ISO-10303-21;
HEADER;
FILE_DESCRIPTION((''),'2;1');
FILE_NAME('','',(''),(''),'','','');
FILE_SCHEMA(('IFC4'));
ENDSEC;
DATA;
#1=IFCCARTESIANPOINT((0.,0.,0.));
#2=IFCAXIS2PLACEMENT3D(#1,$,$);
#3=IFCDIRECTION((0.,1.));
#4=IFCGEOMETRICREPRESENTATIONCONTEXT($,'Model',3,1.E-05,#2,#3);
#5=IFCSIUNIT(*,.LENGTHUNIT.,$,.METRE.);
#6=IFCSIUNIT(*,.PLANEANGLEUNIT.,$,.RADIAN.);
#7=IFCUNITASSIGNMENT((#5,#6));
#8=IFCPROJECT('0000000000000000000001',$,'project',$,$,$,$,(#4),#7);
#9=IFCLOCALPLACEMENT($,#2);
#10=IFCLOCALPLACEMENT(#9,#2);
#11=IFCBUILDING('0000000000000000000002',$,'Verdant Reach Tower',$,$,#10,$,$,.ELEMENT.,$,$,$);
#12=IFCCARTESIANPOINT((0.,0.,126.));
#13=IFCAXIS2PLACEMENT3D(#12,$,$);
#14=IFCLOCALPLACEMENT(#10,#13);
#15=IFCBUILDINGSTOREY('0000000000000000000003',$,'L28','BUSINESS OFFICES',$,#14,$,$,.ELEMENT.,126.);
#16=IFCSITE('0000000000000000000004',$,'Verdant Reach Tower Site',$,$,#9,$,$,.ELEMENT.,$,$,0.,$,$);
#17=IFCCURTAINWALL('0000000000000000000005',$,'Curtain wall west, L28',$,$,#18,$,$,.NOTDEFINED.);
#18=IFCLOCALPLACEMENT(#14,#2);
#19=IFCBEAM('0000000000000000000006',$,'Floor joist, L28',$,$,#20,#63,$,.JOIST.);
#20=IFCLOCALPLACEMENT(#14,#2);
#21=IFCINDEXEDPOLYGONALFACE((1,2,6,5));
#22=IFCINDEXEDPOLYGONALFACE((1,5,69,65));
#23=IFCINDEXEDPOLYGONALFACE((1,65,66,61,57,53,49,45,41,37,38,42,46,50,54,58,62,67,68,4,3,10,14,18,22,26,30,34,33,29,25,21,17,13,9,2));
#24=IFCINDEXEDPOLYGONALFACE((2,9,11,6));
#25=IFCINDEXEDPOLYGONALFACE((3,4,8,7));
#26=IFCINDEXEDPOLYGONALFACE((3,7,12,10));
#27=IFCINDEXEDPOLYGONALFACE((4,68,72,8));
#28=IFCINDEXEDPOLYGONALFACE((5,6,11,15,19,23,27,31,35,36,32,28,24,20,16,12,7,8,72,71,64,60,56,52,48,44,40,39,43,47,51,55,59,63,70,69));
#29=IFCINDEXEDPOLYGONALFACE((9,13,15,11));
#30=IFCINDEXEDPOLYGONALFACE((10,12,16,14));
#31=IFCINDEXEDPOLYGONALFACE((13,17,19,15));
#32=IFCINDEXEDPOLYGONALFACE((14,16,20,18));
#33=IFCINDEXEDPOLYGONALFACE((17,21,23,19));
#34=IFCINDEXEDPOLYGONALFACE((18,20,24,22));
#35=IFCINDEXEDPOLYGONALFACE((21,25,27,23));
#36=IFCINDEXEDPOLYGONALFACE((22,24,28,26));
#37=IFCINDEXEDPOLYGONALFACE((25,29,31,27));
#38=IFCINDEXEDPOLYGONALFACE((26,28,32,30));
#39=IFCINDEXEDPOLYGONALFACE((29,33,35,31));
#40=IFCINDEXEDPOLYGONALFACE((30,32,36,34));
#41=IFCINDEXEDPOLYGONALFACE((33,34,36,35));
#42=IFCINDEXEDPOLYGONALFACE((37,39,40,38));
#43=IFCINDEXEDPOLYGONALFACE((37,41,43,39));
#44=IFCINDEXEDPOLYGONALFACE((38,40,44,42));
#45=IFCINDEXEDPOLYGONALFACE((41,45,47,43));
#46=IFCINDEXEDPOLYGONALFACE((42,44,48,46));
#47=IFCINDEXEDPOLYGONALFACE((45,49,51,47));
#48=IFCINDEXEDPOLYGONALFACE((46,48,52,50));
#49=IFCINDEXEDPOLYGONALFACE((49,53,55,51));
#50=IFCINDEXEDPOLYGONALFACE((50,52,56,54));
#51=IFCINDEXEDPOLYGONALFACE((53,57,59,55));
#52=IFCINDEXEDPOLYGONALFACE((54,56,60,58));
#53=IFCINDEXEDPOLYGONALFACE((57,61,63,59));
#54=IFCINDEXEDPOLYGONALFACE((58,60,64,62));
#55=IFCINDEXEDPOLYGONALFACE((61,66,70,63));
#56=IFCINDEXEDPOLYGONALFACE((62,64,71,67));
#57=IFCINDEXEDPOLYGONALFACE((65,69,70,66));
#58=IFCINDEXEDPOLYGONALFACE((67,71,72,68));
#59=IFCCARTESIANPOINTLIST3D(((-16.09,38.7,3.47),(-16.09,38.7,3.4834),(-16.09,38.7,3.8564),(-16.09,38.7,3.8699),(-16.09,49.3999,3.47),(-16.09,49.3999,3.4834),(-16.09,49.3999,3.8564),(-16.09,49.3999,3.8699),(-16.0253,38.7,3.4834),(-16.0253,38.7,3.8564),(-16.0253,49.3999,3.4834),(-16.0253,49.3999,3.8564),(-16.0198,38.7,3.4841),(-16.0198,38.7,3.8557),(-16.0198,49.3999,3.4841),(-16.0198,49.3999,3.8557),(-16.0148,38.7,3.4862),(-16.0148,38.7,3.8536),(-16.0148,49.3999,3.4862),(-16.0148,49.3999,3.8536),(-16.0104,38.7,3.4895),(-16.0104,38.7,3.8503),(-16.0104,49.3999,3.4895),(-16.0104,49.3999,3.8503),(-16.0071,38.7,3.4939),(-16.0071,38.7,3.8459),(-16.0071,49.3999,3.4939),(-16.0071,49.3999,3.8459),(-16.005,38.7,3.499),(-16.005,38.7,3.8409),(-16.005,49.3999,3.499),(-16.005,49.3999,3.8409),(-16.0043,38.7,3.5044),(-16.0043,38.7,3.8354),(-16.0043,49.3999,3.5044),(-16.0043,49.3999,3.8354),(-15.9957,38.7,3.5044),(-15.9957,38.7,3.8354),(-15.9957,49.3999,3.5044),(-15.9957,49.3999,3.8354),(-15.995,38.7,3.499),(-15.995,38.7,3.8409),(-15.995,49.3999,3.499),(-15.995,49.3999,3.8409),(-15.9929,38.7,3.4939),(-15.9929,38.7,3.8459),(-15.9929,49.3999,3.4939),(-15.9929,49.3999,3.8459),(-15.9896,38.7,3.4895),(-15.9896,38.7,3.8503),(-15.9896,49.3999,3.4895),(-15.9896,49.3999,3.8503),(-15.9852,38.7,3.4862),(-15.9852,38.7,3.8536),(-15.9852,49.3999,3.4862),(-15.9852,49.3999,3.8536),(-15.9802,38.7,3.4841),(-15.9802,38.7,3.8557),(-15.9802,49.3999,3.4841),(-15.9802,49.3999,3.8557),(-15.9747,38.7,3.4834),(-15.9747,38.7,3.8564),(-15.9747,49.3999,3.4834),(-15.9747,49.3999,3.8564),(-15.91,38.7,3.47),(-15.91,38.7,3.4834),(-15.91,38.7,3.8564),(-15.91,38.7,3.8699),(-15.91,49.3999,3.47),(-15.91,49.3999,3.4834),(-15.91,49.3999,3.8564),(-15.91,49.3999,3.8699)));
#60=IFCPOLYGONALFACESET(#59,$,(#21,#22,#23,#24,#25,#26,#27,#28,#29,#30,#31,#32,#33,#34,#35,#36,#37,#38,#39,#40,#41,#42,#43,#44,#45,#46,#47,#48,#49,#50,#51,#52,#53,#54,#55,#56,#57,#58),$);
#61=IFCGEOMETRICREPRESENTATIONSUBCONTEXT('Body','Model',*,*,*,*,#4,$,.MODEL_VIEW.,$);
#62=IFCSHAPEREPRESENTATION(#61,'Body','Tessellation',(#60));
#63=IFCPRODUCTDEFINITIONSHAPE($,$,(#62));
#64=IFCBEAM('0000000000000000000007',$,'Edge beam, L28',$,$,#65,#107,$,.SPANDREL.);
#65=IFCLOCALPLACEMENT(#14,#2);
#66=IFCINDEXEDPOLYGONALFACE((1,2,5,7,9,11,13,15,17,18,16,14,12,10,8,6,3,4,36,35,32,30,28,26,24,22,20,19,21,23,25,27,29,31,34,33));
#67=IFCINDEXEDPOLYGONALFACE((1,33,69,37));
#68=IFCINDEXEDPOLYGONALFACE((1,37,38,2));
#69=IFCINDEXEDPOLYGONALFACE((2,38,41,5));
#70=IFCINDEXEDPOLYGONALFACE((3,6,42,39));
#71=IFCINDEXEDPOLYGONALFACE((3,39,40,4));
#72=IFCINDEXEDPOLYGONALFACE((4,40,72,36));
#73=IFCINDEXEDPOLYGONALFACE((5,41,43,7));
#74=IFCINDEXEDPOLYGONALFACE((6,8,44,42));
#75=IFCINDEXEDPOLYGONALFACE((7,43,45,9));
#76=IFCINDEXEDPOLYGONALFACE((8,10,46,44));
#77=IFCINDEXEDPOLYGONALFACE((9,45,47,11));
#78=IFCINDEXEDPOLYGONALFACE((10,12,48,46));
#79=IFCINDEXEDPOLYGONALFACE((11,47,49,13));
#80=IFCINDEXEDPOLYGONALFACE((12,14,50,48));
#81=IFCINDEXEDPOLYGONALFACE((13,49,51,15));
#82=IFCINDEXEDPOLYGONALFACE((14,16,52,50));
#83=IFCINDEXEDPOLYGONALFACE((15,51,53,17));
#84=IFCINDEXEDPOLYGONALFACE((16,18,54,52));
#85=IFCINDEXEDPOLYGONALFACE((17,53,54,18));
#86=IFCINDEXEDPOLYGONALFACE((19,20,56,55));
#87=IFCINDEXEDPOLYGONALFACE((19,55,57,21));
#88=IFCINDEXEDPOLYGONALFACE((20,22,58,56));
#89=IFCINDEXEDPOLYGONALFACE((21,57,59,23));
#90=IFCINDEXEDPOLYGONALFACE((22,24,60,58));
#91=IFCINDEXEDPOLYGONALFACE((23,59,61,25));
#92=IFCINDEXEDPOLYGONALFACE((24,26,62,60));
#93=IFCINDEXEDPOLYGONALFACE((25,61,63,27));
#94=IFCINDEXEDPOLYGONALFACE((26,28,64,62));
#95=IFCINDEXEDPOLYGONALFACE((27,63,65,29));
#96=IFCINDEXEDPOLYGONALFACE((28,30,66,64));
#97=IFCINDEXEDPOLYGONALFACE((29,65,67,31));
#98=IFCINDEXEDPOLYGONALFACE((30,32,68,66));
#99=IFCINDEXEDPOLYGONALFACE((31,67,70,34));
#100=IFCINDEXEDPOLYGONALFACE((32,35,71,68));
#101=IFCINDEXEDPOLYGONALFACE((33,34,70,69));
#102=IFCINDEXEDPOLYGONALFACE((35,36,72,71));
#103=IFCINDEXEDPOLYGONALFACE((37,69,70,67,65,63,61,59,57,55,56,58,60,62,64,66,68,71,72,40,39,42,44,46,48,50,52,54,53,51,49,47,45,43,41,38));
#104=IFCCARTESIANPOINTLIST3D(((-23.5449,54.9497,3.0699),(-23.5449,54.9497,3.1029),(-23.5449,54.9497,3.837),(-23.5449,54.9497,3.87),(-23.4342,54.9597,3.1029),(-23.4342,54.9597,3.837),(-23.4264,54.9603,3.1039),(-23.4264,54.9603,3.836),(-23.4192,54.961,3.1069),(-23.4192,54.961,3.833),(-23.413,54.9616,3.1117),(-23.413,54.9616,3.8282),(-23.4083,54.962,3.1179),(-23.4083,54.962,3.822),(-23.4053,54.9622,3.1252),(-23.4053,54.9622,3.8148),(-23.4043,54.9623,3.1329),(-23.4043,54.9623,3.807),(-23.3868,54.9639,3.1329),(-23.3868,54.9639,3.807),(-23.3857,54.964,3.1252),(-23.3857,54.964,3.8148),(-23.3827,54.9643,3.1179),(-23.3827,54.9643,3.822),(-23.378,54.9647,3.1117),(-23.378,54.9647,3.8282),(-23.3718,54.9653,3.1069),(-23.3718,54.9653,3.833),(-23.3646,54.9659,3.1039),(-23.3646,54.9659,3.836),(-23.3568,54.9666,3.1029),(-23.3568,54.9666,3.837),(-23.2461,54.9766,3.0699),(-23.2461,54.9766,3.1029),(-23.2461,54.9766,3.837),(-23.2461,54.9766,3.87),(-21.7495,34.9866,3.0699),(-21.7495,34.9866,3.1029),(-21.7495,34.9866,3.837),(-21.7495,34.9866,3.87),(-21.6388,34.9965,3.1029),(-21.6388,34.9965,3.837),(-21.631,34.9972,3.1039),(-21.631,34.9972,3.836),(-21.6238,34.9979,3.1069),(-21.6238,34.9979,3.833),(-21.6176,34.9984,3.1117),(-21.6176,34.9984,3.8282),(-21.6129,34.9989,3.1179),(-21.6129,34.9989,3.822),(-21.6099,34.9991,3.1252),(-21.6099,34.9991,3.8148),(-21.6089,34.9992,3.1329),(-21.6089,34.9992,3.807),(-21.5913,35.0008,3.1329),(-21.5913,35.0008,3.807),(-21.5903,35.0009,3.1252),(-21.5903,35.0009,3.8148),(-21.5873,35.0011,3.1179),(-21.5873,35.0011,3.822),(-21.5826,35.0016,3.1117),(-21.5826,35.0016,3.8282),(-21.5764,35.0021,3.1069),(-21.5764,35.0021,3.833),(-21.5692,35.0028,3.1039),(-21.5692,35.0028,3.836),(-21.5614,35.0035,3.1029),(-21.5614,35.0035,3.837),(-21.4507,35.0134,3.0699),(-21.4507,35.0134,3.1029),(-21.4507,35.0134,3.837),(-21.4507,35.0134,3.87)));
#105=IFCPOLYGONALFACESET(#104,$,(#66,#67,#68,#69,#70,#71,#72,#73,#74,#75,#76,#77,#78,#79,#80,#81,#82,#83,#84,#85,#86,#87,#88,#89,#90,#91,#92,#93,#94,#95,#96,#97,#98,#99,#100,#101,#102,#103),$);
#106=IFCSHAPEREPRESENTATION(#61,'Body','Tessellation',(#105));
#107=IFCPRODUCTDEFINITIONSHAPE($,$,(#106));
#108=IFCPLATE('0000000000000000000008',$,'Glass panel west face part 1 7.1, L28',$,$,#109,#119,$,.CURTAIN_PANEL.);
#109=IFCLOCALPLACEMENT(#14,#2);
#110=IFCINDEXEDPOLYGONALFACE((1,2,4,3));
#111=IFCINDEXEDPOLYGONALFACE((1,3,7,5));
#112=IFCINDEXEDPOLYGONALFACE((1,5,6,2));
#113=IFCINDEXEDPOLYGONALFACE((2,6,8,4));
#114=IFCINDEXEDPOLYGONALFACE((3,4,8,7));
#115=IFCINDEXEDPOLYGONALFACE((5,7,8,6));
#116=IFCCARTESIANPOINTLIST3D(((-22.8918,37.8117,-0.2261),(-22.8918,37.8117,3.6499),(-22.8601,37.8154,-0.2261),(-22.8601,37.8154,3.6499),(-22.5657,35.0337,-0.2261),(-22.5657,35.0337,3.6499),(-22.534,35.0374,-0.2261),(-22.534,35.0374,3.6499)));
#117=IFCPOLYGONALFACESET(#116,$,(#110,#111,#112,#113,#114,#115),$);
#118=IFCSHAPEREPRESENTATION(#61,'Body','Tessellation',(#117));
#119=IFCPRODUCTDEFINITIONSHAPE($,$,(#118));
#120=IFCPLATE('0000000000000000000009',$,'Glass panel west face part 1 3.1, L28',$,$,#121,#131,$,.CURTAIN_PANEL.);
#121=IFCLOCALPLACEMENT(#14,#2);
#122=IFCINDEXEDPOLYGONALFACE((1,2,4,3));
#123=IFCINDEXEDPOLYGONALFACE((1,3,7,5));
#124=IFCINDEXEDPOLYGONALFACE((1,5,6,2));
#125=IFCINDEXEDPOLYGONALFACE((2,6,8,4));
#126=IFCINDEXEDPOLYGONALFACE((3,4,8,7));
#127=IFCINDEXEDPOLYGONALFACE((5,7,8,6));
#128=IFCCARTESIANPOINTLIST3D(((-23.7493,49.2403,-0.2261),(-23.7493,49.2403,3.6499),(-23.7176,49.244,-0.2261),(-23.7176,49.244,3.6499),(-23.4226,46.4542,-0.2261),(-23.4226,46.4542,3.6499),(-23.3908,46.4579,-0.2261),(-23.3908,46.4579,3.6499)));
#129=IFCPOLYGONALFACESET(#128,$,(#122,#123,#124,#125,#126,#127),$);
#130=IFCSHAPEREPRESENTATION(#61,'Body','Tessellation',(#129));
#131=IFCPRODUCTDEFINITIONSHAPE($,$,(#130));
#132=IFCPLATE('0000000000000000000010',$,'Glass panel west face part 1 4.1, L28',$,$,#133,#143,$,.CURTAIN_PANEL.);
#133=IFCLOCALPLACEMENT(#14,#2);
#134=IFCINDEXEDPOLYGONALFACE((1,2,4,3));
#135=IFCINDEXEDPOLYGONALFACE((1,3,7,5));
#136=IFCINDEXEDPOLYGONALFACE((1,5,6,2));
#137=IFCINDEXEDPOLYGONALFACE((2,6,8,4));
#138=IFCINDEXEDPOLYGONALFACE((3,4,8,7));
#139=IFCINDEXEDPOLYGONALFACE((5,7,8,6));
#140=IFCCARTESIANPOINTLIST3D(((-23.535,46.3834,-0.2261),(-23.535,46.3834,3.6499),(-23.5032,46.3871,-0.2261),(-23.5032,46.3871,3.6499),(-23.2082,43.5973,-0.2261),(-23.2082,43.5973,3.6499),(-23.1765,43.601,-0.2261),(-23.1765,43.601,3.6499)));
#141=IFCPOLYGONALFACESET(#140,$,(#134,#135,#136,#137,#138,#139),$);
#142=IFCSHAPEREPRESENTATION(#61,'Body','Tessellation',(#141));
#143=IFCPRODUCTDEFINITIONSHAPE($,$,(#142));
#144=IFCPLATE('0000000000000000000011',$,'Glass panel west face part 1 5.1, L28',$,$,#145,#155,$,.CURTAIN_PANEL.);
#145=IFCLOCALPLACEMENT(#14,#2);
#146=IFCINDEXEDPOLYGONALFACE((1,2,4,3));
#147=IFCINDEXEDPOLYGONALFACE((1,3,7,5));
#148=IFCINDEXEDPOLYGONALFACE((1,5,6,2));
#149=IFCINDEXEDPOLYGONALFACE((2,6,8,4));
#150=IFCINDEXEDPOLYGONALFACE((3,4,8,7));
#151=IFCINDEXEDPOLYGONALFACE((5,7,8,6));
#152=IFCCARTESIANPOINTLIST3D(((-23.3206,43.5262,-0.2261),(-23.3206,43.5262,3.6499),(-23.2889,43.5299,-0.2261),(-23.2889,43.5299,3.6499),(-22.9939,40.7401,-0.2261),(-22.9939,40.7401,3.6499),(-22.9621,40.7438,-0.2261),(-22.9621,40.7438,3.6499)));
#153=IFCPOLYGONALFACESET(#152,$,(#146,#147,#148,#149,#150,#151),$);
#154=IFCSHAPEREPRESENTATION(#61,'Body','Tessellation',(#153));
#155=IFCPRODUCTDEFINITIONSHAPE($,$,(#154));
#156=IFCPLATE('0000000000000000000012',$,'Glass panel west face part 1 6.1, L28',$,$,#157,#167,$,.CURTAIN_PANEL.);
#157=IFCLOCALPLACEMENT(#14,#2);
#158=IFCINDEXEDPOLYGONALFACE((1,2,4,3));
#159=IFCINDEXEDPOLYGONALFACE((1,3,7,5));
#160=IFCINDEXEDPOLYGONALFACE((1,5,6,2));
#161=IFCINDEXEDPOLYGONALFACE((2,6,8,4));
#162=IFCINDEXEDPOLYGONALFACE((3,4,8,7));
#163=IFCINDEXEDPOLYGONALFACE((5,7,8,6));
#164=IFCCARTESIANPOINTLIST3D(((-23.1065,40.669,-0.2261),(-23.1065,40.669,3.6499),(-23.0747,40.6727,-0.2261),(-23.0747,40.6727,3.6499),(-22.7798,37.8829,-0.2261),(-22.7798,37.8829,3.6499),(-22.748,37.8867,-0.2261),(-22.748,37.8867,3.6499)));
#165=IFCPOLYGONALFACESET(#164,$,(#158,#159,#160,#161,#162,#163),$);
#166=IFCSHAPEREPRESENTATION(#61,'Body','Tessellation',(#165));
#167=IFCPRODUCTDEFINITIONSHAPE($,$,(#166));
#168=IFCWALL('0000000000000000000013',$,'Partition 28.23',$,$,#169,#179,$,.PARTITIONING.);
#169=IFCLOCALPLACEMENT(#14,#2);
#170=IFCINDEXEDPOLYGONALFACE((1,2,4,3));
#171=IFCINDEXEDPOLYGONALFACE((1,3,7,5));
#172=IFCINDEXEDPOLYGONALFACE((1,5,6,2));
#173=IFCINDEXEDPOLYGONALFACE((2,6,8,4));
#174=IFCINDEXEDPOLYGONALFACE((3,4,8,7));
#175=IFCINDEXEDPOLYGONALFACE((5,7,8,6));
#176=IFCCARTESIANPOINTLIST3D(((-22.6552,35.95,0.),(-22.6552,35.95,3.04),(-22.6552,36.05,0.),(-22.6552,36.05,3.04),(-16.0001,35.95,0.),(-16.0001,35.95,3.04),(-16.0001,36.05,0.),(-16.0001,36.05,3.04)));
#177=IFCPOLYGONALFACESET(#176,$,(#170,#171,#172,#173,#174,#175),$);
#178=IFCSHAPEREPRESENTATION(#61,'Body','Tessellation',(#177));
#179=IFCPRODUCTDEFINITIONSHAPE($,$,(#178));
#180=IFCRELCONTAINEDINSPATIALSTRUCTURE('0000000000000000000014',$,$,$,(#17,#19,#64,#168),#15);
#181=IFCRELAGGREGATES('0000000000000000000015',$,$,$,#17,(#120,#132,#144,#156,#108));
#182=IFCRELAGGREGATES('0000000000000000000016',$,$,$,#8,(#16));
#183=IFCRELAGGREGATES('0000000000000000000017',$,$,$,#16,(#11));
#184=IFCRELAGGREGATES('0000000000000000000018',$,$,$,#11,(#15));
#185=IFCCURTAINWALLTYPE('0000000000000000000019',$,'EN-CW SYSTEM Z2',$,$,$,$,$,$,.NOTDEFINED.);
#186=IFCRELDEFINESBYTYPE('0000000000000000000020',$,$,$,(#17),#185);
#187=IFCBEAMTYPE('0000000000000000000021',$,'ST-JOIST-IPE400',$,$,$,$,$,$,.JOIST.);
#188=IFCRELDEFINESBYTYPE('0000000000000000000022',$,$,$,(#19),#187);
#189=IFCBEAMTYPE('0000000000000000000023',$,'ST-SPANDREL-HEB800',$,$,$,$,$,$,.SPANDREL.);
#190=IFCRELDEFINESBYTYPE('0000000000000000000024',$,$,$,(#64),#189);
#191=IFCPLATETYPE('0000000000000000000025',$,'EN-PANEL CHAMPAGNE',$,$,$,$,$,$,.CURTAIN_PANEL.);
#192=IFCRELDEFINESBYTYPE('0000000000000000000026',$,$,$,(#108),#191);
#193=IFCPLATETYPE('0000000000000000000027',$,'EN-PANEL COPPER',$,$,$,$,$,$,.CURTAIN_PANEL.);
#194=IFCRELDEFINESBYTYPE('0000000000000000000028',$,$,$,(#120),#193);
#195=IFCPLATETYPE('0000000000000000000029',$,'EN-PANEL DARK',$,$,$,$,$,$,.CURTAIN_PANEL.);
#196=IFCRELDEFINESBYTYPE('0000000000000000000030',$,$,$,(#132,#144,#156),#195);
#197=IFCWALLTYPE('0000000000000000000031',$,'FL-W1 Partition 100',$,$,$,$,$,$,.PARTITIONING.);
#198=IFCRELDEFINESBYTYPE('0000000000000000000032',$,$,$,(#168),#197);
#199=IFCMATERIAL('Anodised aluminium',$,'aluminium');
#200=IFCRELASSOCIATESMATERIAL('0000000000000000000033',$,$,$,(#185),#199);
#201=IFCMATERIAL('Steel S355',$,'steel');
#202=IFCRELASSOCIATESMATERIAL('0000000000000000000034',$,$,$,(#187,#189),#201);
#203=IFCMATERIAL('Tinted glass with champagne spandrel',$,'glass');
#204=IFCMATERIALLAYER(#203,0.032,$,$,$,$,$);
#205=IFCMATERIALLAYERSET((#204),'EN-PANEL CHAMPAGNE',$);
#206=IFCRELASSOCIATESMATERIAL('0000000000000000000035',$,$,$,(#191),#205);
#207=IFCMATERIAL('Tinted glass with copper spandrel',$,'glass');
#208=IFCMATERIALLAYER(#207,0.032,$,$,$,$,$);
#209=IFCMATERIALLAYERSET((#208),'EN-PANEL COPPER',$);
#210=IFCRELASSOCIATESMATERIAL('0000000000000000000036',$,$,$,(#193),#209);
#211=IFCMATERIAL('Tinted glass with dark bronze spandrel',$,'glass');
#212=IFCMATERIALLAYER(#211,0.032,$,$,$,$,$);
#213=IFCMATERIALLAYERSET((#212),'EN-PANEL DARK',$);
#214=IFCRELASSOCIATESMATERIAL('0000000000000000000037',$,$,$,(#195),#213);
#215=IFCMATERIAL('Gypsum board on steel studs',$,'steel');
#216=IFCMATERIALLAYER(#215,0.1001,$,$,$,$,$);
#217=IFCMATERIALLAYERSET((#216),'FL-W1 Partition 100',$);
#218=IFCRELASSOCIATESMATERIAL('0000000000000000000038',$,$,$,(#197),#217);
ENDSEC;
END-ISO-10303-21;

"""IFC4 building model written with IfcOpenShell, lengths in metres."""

from ifc_helpers import new_model, si_unit, direction, frame, frame_2d, origin, origin_2d, place, context, subcontext, project, spatial, rectangle, i_section, extrude, material, layer, layer_set, material_profile, profile_set, type_object, element, aggregate, save


model = new_model("IFC4")

# Units and contexts
model_context = context("Model", 3, precision=1e-05, world=origin(), true_north=direction((0.0, 1.0)))
body_context = subcontext(model_context, "Body", "Model", "MODEL_VIEW")
ifc_project = project(units=[si_unit("LENGTHUNIT", "METRE"), si_unit("PLANEANGLEUNIT", "RADIAN")], contexts=[model_context])

# Site, building, storey
site_placement = place(None, origin())
site = spatial("IfcSite", under=ifc_project, at=site_placement, Name="Verdant Reach Tower Site", CompositionType="ELEMENT", RefElevation=0.0)
building_placement = place(site_placement, origin())
building = spatial("IfcBuilding", under=site, at=building_placement, Name="Verdant Reach Tower", CompositionType="ELEMENT")
storey_placement = place(building_placement, frame((0.0, 0.0, 126.0)))
storey = spatial("IfcBuildingStorey", under=building, at=storey_placement, Name="L28", Description="BUSINESS OFFICES", CompositionType="ELEMENT", Elevation=126.0)

# Curtain wall
ifc_material_1 = material(Name="Anodised aluminium", Category="aluminium")
curtain_wall_type = type_object("IfcCurtainWallType", Name="EN-CW SYSTEM Z2", PredefinedType="NOTDEFINED", material=ifc_material_1)
curtain_wall_placement = place(storey_placement, origin())
curtain_wall = element("IfcCurtainWall", 1, at=curtain_wall_placement, inside=storey, type_object=curtain_wall_type, Name="Curtain wall west, L28", PredefinedType="NOTDEFINED")

# Beams
ifc_material_2 = material(Name="Steel S355", Category="steel")
ifc_material_profile_1 = material_profile(ifc_material_2, i_section(OverallWidth=0.1799, OverallDepth=0.3999, WebThickness=0.0085, FlangeThickness=0.0134, FilletRadius=0.021, at=origin_2d()), Name="IPE 400")
ifc_profile_set_1 = profile_set([ifc_material_profile_1], Name="Steel S355")
beam_type_1 = type_object("IfcBeamType", Name="ST-JOIST-IPE400", PredefinedType="JOIST", material=ifc_profile_set_1)
for number, where, z_axis, x_axis, name in (
    (2, (-16.0, 38.7, 3.6699), (0.0, 1.0, 0.0), (-1.0, 0.0, 0.0), "Floor joist, L28"),
):
    element("IfcBeam", number, at=place(storey_placement, frame(where, z_axis=z_axis, x_axis=x_axis)), inside=storey, type_object=beam_type_1, Name=name, PredefinedType="JOIST", context=body_context, shape_type="SweptSolid", body=[
        extrude(i_section(OverallWidth=0.1799, OverallDepth=0.3999, WebThickness=0.0085, FlangeThickness=0.0134, FilletRadius=0.021, at=origin_2d()), origin(), (0.0, 0.0, 1.0), 10.7),
    ])
ifc_material_profile_2 = material_profile(ifc_material_2, i_section(OverallWidth=0.3, OverallDepth=0.8, WebThickness=0.0176, FlangeThickness=0.033, FilletRadius=0.03, at=origin_2d()), Name="HEB 800")
ifc_profile_set_2 = profile_set([ifc_material_profile_2], Name="Steel S355")
beam_type_2 = type_object("IfcBeamType", Name="ST-SPANDREL-HEB800", PredefinedType="SPANDREL", material=ifc_profile_set_2)
beam_placement = place(storey_placement, frame((-21.6001, 35.0, 3.47), z_axis=(-0.089575, 0.99598, 0.0), x_axis=(-0.99598, -0.089575, 0.0)))
element("IfcBeam", 3, at=beam_placement, inside=storey, type_object=beam_type_2, Name="Edge beam, L28", PredefinedType="SPANDREL", context=body_context, shape_type="SweptSolid", body=[
    extrude(i_section(OverallWidth=0.3, OverallDepth=0.8, WebThickness=0.0176, FlangeThickness=0.033, FilletRadius=0.03, at=origin_2d()), origin(), (0.0, 0.0, 1.0), 20.0437),
])

# Plates
ifc_material_3 = material(Name="Tinted glass with champagne spandrel", Category="glass")
ifc_layer_1 = layer(ifc_material_3, 0.032)
ifc_layer_set_1 = layer_set([ifc_layer_1], Name="EN-PANEL CHAMPAGNE")
plate_type_1 = type_object("IfcPlateType", Name="EN-PANEL CHAMPAGNE", PredefinedType="CURTAIN_PANEL", material=ifc_layer_set_1)
plate_1_placement = place(storey_placement, frame((-22.7129, 36.4246, -0.2261), z_axis=(0.0, 0.0, 1.0), x_axis=(0.116586, -0.993181, 0.0)))
plate_1 = element("IfcPlate", 4, at=plate_1_placement, type_object=plate_type_1, Name="Glass panel west face part 1 7.1, L28", PredefinedType="CURTAIN_PANEL", context=body_context, shape_type="SweptSolid", body=[
    extrude(rectangle(XDim=2.7971, YDim=0.032, at=origin_2d()), origin(), (0.0, 0.0, 1.0), 3.876),
])
ifc_material_4 = material(Name="Tinted glass with copper spandrel", Category="glass")
ifc_layer_2 = layer(ifc_material_4, 0.032)
ifc_layer_set_2 = layer_set([ifc_layer_2], Name="EN-PANEL COPPER")
plate_type_2 = type_object("IfcPlateType", Name="EN-PANEL COPPER", PredefinedType="CURTAIN_PANEL", material=ifc_layer_set_2)
plate_2_placement = place(storey_placement, frame((-23.5701, 47.8491, -0.2261), z_axis=(0.0, 0.0, 1.0), x_axis=(0.116483, -0.993193, 0.0)))
plate_2 = element("IfcPlate", 5, at=plate_2_placement, type_object=plate_type_2, Name="Glass panel west face part 1 3.1, L28", PredefinedType="CURTAIN_PANEL", context=body_context, shape_type="SweptSolid", body=[
    extrude(rectangle(XDim=2.8052, YDim=0.032, at=origin_2d()), origin(), (0.0, 0.0, 1.0), 3.876),
])
ifc_material_5 = material(Name="Tinted glass with dark bronze spandrel", Category="glass")
ifc_layer_3 = layer(ifc_material_5, 0.032)
ifc_layer_set_3 = layer_set([ifc_layer_3], Name="EN-PANEL DARK")
plate_type_3 = type_object("IfcPlateType", Name="EN-PANEL DARK", PredefinedType="CURTAIN_PANEL", material=ifc_layer_set_3)
plate_3_placement = place(storey_placement, frame((-23.3557, 44.9922, -0.2261), z_axis=(0.0, 0.0, 1.0), x_axis=(0.116483, -0.993193, 0.0)))
plate_3 = element("IfcPlate", 6, at=plate_3_placement, type_object=plate_type_3, Name="Glass panel west face part 1 4.1, L28", PredefinedType="CURTAIN_PANEL", context=body_context, shape_type="SweptSolid", body=[
    extrude(rectangle(XDim=2.8052, YDim=0.032, at=origin_2d()), origin(), (0.0, 0.0, 1.0), 3.876),
])
plate_4_placement = place(storey_placement, frame((-23.1414, 42.135, -0.2261), z_axis=(0.0, 0.0, 1.0), x_axis=(0.116483, -0.993193, 0.0)))
plate_4 = element("IfcPlate", 7, at=plate_4_placement, type_object=plate_type_3, Name="Glass panel west face part 1 5.1, L28", PredefinedType="CURTAIN_PANEL", context=body_context, shape_type="SweptSolid", body=[
    extrude(rectangle(XDim=2.8052, YDim=0.032, at=origin_2d()), origin(), (0.0, 0.0, 1.0), 3.876),
])
plate_5_placement = place(storey_placement, frame((-22.9272, 39.2778, -0.2261), z_axis=(0.0, 0.0, 1.0), x_axis=(0.116483, -0.993193, 0.0)))
plate_5 = element("IfcPlate", 8, at=plate_5_placement, type_object=plate_type_3, Name="Glass panel west face part 1 6.1, L28", PredefinedType="CURTAIN_PANEL", context=body_context, shape_type="SweptSolid", body=[
    extrude(rectangle(XDim=2.8052, YDim=0.032, at=origin_2d()), origin(), (0.0, 0.0, 1.0), 3.876),
])
aggregate(curtain_wall, [plate_2, plate_3, plate_4, plate_5, plate_1])

# Wall
ifc_material_6 = material(Name="Gypsum board on steel studs", Category="steel")
ifc_layer_4 = layer(ifc_material_6, 0.1001)
ifc_layer_set_4 = layer_set([ifc_layer_4], Name="FL-W1 Partition 100")
wall_type_1 = type_object("IfcWallType", Name="FL-W1 Partition 100", PredefinedType="PARTITIONING", material=ifc_layer_set_4)
wall_1_placement = place(storey_placement, frame((-16.0, 36.0, 0.0), z_axis=(0.0, 0.0, 1.0), x_axis=(-1.0, 0.0, 0.0)))
element("IfcWall", 9, at=wall_1_placement, inside=storey, type_object=wall_type_1, Name="Partition 28.23", PredefinedType="PARTITIONING", context=body_context, shape_type="SweptSolid", body=[
    extrude(rectangle(XDim=6.655, YDim=0.1001, at=frame_2d((3.3276, 0.0))), origin(), (0.0, 0.0, 1.0), 3.04),
])

save(model, "model.ifc")
